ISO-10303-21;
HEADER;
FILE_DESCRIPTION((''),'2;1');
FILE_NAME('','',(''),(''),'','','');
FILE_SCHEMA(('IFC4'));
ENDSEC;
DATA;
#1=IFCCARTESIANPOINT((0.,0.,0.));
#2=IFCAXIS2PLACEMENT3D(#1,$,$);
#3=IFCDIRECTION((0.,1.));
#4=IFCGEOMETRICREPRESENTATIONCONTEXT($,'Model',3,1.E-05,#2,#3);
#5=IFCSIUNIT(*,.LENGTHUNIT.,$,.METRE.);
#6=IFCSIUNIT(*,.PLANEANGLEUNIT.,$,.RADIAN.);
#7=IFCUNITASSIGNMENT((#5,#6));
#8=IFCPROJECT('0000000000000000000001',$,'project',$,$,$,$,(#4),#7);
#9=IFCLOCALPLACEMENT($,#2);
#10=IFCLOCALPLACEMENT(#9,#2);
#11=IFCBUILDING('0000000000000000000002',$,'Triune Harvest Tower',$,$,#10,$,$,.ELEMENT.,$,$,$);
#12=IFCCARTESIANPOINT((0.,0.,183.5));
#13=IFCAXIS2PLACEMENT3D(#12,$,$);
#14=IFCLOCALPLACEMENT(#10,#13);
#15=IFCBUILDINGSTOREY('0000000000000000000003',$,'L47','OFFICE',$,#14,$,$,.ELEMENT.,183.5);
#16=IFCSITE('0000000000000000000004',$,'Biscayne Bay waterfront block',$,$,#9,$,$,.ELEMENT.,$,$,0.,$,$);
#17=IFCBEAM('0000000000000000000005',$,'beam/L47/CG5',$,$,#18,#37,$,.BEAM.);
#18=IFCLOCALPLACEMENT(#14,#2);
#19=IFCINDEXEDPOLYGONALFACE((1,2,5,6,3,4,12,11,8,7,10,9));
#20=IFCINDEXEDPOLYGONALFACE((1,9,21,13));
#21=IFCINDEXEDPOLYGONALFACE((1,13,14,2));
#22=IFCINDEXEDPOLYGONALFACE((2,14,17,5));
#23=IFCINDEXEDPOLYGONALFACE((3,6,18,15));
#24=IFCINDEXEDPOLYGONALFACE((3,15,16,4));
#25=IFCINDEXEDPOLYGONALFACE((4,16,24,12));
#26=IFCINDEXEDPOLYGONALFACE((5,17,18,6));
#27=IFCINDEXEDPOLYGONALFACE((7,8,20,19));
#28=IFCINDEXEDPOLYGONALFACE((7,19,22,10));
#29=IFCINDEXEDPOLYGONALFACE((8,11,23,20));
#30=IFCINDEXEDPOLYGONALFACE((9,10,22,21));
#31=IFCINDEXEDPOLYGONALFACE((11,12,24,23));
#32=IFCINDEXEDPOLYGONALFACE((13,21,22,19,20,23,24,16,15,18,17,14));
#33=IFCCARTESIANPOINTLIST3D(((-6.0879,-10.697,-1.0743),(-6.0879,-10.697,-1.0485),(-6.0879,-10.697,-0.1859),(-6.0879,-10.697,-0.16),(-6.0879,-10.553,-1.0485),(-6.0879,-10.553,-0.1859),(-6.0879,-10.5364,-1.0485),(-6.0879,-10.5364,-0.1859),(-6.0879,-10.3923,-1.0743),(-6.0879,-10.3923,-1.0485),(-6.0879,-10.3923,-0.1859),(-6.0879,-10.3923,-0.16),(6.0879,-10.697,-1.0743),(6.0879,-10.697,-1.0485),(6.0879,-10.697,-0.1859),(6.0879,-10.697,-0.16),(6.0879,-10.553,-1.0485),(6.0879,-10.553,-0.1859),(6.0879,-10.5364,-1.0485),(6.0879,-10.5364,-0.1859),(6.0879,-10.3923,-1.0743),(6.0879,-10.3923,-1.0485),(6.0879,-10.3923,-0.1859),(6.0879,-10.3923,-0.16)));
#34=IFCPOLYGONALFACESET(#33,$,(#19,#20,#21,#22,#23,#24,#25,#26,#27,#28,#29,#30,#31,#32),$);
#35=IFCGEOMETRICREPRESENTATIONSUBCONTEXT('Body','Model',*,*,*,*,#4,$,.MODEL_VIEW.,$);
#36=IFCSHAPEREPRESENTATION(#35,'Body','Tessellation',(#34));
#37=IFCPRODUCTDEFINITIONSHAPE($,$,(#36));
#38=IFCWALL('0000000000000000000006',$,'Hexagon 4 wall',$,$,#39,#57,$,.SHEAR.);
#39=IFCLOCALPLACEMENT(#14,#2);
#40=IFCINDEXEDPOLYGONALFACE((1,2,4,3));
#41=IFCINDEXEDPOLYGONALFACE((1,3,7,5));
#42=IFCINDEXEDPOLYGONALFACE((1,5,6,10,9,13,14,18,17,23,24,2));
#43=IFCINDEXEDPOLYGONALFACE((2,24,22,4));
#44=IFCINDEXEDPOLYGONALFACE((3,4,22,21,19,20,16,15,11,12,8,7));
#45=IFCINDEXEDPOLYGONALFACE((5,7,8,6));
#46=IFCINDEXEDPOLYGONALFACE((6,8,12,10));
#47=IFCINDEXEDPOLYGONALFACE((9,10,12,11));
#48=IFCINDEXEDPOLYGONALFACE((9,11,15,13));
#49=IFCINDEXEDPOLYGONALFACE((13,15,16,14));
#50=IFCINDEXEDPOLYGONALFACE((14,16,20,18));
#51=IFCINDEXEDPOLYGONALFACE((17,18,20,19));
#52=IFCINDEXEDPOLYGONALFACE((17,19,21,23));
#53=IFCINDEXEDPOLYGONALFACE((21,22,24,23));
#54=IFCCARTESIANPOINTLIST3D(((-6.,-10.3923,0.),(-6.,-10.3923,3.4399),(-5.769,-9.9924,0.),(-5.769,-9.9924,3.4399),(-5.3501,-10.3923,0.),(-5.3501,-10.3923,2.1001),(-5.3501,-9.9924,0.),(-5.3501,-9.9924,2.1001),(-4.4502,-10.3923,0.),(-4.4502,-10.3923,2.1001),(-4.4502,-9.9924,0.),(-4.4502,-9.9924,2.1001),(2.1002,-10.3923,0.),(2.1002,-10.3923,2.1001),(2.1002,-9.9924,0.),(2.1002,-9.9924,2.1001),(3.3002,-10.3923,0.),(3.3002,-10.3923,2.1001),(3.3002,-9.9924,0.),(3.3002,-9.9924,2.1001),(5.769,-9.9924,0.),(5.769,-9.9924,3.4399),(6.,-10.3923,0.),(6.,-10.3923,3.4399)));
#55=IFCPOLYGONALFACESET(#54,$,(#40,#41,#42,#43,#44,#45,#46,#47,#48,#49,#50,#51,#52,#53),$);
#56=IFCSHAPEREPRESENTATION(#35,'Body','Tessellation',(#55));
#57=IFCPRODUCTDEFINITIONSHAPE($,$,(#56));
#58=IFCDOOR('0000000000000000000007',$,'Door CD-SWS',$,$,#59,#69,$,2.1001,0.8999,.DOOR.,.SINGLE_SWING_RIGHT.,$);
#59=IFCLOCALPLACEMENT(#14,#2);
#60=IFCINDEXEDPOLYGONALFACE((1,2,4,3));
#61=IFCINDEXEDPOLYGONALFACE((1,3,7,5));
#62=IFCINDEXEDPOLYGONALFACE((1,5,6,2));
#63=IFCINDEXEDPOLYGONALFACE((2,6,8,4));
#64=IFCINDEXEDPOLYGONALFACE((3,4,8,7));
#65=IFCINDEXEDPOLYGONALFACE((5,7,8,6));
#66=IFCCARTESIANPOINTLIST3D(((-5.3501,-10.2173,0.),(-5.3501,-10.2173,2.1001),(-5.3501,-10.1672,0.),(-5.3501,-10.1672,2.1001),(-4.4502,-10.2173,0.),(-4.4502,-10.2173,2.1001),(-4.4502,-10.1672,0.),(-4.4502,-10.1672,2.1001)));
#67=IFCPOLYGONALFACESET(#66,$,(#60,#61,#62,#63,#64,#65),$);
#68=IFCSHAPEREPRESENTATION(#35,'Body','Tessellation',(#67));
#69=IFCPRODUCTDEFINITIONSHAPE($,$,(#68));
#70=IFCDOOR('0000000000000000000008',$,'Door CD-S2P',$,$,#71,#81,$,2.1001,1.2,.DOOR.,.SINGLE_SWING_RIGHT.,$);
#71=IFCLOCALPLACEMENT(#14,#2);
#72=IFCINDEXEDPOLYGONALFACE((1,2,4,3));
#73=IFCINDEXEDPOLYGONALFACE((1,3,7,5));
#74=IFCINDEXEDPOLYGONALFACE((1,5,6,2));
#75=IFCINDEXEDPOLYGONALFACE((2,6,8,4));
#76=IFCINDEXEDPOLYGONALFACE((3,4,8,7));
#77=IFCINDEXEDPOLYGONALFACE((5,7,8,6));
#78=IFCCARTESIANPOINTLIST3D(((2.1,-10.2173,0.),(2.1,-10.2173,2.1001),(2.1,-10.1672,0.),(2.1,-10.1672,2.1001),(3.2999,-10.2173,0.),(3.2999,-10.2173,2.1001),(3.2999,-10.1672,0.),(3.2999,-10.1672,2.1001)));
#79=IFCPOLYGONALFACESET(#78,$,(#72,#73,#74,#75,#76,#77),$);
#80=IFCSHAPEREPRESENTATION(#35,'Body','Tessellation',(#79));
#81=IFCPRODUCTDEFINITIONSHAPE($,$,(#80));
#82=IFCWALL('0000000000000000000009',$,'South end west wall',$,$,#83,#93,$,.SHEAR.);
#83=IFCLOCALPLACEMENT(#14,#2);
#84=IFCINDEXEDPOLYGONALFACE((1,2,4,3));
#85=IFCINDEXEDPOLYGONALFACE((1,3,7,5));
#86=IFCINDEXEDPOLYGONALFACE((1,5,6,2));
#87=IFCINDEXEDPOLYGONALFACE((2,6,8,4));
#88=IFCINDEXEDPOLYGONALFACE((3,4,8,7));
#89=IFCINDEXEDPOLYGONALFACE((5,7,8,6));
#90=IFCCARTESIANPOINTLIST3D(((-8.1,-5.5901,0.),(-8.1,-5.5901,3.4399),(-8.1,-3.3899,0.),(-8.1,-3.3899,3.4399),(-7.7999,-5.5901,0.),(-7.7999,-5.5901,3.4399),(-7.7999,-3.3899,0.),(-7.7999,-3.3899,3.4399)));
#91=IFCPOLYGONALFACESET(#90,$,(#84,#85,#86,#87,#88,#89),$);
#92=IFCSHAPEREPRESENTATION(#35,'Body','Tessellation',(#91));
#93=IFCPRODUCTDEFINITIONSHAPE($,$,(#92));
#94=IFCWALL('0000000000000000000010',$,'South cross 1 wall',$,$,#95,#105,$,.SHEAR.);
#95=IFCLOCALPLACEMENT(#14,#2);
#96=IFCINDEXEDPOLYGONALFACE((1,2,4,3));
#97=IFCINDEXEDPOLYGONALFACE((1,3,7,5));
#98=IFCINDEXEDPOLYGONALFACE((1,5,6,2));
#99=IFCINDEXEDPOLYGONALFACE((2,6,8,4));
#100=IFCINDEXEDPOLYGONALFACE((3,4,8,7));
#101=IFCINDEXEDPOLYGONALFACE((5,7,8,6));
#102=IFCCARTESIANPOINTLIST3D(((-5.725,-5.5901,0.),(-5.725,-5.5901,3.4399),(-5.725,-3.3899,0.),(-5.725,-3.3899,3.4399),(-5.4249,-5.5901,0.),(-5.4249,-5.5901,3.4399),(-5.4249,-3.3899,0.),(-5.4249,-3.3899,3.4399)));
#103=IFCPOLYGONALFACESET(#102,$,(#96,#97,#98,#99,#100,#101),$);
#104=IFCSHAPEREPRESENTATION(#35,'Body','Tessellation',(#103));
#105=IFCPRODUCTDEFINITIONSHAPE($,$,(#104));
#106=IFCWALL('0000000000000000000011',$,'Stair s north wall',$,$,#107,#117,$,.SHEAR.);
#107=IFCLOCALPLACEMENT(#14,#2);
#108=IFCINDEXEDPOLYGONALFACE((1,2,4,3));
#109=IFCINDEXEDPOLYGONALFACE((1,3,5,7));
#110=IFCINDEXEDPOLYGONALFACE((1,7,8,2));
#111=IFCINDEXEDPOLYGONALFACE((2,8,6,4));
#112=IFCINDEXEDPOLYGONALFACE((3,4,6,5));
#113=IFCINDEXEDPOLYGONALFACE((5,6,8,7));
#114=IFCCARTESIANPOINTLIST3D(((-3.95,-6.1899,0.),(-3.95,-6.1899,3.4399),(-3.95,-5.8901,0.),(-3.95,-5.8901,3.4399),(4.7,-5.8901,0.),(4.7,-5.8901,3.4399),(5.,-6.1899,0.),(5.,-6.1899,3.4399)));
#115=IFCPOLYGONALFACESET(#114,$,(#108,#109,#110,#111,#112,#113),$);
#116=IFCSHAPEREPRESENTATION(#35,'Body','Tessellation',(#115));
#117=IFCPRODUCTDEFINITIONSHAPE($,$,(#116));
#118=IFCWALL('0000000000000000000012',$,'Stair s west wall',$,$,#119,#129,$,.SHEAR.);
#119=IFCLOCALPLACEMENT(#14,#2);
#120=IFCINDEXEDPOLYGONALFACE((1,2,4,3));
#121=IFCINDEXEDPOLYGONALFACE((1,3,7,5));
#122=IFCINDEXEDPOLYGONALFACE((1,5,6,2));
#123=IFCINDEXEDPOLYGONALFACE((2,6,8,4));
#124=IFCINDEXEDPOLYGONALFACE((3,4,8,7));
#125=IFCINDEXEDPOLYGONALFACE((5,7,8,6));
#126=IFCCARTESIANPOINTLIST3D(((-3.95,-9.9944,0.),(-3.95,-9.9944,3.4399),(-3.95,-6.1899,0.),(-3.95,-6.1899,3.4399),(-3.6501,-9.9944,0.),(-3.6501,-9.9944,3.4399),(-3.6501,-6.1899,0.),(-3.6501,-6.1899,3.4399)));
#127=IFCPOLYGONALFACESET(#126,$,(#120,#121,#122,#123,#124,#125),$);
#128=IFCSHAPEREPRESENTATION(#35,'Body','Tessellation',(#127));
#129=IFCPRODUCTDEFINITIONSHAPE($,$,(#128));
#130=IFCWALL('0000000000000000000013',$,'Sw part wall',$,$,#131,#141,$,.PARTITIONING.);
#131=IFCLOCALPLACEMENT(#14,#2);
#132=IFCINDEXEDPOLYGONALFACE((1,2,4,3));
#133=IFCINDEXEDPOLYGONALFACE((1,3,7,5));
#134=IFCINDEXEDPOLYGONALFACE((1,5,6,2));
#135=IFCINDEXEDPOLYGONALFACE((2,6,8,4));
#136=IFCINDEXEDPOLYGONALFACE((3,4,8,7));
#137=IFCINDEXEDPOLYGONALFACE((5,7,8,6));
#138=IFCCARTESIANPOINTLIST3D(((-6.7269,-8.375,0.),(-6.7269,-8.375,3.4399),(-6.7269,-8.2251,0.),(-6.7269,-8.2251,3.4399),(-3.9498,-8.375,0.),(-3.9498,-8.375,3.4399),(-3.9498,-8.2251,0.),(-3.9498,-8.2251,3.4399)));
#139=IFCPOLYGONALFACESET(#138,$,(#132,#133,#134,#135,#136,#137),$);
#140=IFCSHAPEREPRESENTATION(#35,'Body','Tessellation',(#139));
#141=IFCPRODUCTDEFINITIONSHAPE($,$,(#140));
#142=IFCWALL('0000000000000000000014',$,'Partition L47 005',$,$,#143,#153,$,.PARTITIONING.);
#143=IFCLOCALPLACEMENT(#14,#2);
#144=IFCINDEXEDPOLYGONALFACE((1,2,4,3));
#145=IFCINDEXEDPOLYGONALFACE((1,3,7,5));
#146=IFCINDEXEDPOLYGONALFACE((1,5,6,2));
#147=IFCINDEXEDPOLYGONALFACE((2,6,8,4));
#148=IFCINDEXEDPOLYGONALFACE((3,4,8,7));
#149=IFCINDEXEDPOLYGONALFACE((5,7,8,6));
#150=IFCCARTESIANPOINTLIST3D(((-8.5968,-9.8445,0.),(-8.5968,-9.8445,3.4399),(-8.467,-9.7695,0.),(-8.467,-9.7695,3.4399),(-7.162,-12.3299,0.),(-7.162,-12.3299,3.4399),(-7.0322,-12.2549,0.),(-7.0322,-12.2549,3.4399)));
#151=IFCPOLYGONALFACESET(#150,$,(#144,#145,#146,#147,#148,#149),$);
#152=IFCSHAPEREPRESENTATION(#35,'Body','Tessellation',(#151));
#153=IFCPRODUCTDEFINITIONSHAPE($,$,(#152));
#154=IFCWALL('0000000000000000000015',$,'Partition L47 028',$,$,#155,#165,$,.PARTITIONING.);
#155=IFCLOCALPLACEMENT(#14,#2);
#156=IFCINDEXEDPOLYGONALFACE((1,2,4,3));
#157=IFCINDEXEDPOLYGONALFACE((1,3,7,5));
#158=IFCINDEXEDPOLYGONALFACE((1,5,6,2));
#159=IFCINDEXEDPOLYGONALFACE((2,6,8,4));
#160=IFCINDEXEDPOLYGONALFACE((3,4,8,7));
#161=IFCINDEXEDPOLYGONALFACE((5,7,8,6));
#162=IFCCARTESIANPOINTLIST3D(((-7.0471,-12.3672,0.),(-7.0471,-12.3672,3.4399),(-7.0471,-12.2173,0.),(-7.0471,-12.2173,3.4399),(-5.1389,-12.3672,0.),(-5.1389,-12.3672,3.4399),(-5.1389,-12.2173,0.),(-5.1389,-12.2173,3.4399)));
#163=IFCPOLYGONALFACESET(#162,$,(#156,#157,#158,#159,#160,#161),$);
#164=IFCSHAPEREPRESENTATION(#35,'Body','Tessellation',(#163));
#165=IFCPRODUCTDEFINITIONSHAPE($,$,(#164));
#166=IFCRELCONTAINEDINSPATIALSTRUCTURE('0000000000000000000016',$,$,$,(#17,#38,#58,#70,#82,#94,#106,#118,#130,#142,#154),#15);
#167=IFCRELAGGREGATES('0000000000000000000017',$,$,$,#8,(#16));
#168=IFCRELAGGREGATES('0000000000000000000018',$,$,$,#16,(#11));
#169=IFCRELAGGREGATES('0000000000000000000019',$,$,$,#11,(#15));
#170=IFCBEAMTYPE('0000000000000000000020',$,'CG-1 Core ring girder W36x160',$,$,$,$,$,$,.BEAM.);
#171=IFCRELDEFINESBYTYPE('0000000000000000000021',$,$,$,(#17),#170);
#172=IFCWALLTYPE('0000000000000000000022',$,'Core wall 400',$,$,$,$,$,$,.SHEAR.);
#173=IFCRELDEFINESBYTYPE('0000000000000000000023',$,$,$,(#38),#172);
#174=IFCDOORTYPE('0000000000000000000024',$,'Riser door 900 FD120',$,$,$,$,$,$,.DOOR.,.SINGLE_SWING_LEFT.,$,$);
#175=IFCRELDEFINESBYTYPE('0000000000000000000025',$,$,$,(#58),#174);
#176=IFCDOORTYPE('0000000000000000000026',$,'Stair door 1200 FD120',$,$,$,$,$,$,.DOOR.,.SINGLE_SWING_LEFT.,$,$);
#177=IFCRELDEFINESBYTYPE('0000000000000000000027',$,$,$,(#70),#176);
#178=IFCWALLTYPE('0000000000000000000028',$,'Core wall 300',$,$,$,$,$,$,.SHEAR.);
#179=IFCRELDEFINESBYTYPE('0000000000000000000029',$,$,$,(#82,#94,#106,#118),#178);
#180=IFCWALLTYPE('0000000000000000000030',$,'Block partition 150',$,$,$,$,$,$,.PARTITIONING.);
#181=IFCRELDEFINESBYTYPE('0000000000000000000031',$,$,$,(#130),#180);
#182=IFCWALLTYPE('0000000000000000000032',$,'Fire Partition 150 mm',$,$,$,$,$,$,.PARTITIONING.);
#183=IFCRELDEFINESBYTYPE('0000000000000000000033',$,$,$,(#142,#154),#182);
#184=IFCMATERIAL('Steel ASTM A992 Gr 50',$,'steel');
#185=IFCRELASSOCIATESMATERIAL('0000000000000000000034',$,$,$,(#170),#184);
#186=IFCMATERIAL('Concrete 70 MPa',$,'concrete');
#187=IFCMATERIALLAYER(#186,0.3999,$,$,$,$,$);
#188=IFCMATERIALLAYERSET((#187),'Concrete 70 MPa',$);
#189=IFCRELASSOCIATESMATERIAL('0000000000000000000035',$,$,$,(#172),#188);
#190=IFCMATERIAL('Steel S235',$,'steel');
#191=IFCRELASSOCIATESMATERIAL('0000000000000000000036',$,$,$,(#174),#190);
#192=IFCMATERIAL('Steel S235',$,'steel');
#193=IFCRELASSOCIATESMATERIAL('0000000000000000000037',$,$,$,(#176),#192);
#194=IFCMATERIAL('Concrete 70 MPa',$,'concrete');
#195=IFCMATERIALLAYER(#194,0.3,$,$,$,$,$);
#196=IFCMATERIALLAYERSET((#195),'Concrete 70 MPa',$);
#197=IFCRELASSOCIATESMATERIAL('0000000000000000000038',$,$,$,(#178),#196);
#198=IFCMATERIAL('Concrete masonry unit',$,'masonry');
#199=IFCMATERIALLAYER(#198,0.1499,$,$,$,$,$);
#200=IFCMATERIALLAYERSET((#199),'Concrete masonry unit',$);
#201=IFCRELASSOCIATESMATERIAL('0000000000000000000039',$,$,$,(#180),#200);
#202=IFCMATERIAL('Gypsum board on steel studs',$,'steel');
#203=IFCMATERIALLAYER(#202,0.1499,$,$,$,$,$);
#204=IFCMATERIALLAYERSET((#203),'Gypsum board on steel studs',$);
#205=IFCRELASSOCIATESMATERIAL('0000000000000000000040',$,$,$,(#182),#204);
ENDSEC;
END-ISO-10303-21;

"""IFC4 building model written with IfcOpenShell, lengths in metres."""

from ifc_helpers import new_model, si_unit, direction, frame, frame_2d, origin, origin_2d, place, context, subcontext, project, spatial, polyline, rectangle, i_section, outline, extrude, source, transform, mapped, material, layer, layer_set, material_profile, profile_set, type_object, element, fill, save


model = new_model("IFC4")

# Units and contexts
model_context = context("Model", 3, precision=1e-05, world=origin(), true_north=direction((0.0, 1.0)))
body_context = subcontext(model_context, "Body", "Model", "MODEL_VIEW")
ifc_project = project(units=[si_unit("LENGTHUNIT", "METRE"), si_unit("PLANEANGLEUNIT", "RADIAN")], contexts=[model_context])

# Site, building, storey
site_placement = place(None, origin())
site = spatial("IfcSite", under=ifc_project, at=site_placement, Name="Biscayne Bay waterfront block", CompositionType="ELEMENT", RefElevation=0.0)
building_placement = place(site_placement, origin())
building = spatial("IfcBuilding", under=site, at=building_placement, Name="Triune Harvest Tower", CompositionType="ELEMENT")
storey_placement = place(building_placement, frame((0.0, 0.0, 183.5)))
storey = spatial("IfcBuildingStorey", under=building, at=storey_placement, Name="L47", Description="OFFICE", CompositionType="ELEMENT", Elevation=183.5)

# Beam
ifc_material_1 = material(Name="Steel ASTM A992 Gr 50", Category="steel")
ifc_material_profile = material_profile(ifc_material_1, i_section(OverallWidth=0.3047, OverallDepth=0.9143, WebThickness=0.0166, FlangeThickness=0.0259, at=origin_2d()), Name="W36x160")
ifc_profile_set = profile_set([ifc_material_profile], Name="Steel ASTM A992 Gr 50")
beam_type = type_object("IfcBeamType", Name="CG-1 Core ring girder W36x160", PredefinedType="BEAM", material=ifc_profile_set)
shared_shape_1 = source(origin(), body_context, "Body", "SweptSolid", [
    extrude(i_section(OverallWidth=0.3047, OverallDepth=0.9143, WebThickness=0.0166, FlangeThickness=0.0259, at=origin_2d()), origin(), (0.0, 0.0, 1.0), 12.1758),
])
beam_placement = place(storey_placement, frame((-6.0879, -10.5447, -0.6172), z_axis=(1.0, 0.0, 0.0), x_axis=(0.0, 1.0, 0.0)))
element("IfcBeam", 1, at=beam_placement, inside=storey, type_object=beam_type, Name="beam/L47/CG5", PredefinedType="BEAM", context=body_context, shape_type="MappedRepresentation", body=[
    mapped(shared_shape_1, transform((0.0, 0.0, 0.0), scale=1.0)),
])

# Wall, openings, doors
ifc_material_2 = material(Name="Concrete 70 MPa", Category="concrete")
ifc_layer_1 = layer(ifc_material_2, 0.3999)
ifc_layer_set_1 = layer_set([ifc_layer_1], Name="Concrete 70 MPa")
wall_type_1 = type_object("IfcWallType", Name="Core wall 400", PredefinedType="SHEAR", material=ifc_layer_set_1)
shared_shape_2 = source(origin(), body_context, "Body", "SweptSolid", [
    extrude(outline(polyline([(-0.1155, -0.2), (11.8845, -0.2), (11.6536, 0.2), (0.1155, 0.2), (-0.1155, -0.2)])), origin(), (0.0, 0.0, 1.0), 3.4399),
])
wall_1_placement = place(storey_placement, frame((-5.8845, -10.1924, 0.0), z_axis=(0.0, 0.0, 1.0), x_axis=(1.0, 0.0, 0.0)))
wall_1 = element("IfcWall", 2, at=wall_1_placement, inside=storey, type_object=wall_type_1, Name="Hexagon 4 wall", PredefinedType="SHEAR", context=body_context, shape_type="MappedRepresentation", body=[
    mapped(shared_shape_2, transform((0.0, 0.0, 0.0), scale=1.0)),
])
opening_1_placement = place(wall_1_placement, frame((7.9846, 0.0, 0.0)))
opening_1 = element("IfcOpeningElement", 3, at=opening_1_placement, cuts=wall_1, PredefinedType="OPENING", context=body_context, shape_type="SweptSolid", body=[
    extrude(rectangle(XDim=1.2, YDim=2.1001, at=frame_2d((0.6001, 1.05))), frame((0.0, 0.21, 0.0), z_axis=(0.0, -1.0, 0.0), x_axis=(1.0, 0.0, 0.0)), (0.0, 0.0, 1.0), 0.4199),
])
opening_2_placement = place(wall_1_placement, frame((0.5344, 0.0, 0.0)))
opening_2 = element("IfcOpeningElement", 4, at=opening_2_placement, cuts=wall_1, PredefinedType="OPENING", context=body_context, shape_type="SweptSolid", body=[
    extrude(rectangle(XDim=0.8999, YDim=2.1001, at=frame_2d((0.45, 1.05))), frame((0.0, 0.21, 0.0), z_axis=(0.0, -1.0, 0.0), x_axis=(1.0, 0.0, 0.0)), (0.0, 0.0, 1.0), 0.4199),
])
ifc_material_3 = material(Name="Steel S235", Category="steel")
door_type_1 = type_object("IfcDoorType", Name="Riser door 900 FD120", OperationType="SINGLE_SWING_LEFT", PredefinedType="DOOR", material=ifc_material_3)
door_1_placement = place(opening_2_placement, frame((0.8999, 0.0, 0.0), z_axis=(0.0, 0.0, 1.0), x_axis=(-1.0, 0.0, 0.0)))
door_1 = element("IfcDoor", 5, at=door_1_placement, inside=storey, type_object=door_type_1, Name="Door CD-SWS", OperationType="SINGLE_SWING_RIGHT", OverallHeight=2.1001, OverallWidth=0.8999, PredefinedType="DOOR", context=body_context, shape_type="SweptSolid", body=[
    extrude(rectangle(XDim=0.8999, YDim=2.1001, at=frame_2d((0.45, 1.05))), frame((0.0, 0.0249, 0.0), z_axis=(0.0, -1.0, 0.0), x_axis=(1.0, 0.0, 0.0)), (0.0, 0.0, 1.0), 0.05),
])
fill(opening_2, door_1)
ifc_material_4 = material(Name="Steel S235", Category="steel")
door_type_2 = type_object("IfcDoorType", Name="Stair door 1200 FD120", OperationType="SINGLE_SWING_LEFT", PredefinedType="DOOR", material=ifc_material_4)
door_2_placement = place(opening_1_placement, frame((1.2, 0.0, 0.0), z_axis=(0.0, 0.0, 1.0), x_axis=(-1.0, 0.0, 0.0)))
door_2 = element("IfcDoor", 6, at=door_2_placement, inside=storey, type_object=door_type_2, Name="Door CD-S2P", OperationType="SINGLE_SWING_RIGHT", OverallHeight=2.1001, OverallWidth=1.2, PredefinedType="DOOR", context=body_context, shape_type="SweptSolid", body=[
    extrude(rectangle(XDim=1.2, YDim=2.1001, at=frame_2d((0.6001, 1.05))), frame((0.0, 0.0249, 0.0), z_axis=(0.0, -1.0, 0.0), x_axis=(1.0, 0.0, 0.0)), (0.0, 0.0, 1.0), 0.05),
])
fill(opening_1, door_2)

# Walls
ifc_material_5 = material(Name="Concrete 70 MPa", Category="concrete")
ifc_layer_2 = layer(ifc_material_5, 0.3)
ifc_layer_set_2 = layer_set([ifc_layer_2], Name="Concrete 70 MPa")
wall_type_2 = type_object("IfcWallType", Name="Core wall 300", PredefinedType="SHEAR", material=ifc_layer_set_2)
shared_shape_3 = source(origin(), body_context, "Body", "SweptSolid", [
    extrude(rectangle(XDim=2.2002, YDim=0.3, at=frame_2d((1.1001, 0.0))), origin(), (0.0, 0.0, 1.0), 3.4399),
])
for number, where, z_axis, x_axis, name in (
    (7, (-7.95, -5.5901, 0.0), (0.0, 0.0, 1.0), (0.0, 1.0, 0.0), "South end west wall"),
    (8, (-5.575, -5.5901, 0.0), (0.0, 0.0, 1.0), (0.0, 1.0, 0.0), "South cross 1 wall"),
):
    element("IfcWall", number, at=place(storey_placement, frame(where, z_axis=z_axis, x_axis=x_axis)), inside=storey, type_object=wall_type_2, Name=name, PredefinedType="SHEAR", context=body_context, shape_type="MappedRepresentation", body=[
        mapped(shared_shape_3, transform((0.0, 0.0, 0.0), scale=1.0)),
    ])
shared_shape_4 = source(origin(), body_context, "Body", "SweptSolid", [
    extrude(outline(polyline([(0.0, -0.1499), (8.95, -0.1499), (8.6499, 0.1499), (0.0, 0.1499), (0.0, -0.1499)])), origin(), (0.0, 0.0, 1.0), 3.4399),
])
wall_2_placement = place(storey_placement, frame((-3.95, -6.04, 0.0), z_axis=(0.0, 0.0, 1.0), x_axis=(1.0, 0.0, 0.0)))
element("IfcWall", 9, at=wall_2_placement, inside=storey, type_object=wall_type_2, Name="Stair s north wall", PredefinedType="SHEAR", context=body_context, shape_type="MappedRepresentation", body=[
    mapped(shared_shape_4, transform((0.0, 0.0, 0.0), scale=1.0)),
])
shared_shape_5 = source(origin(), body_context, "Body", "SweptSolid", [
    extrude(outline(polyline([(3.8, -0.1499), (-0.0044, -0.1499), (-0.0044, 0.1499), (3.8, 0.1499), (3.8, -0.1499)])), origin(), (0.0, 0.0, 1.0), 3.4399),
])
wall_3_placement = place(storey_placement, frame((-3.8, -9.99, 0.0), z_axis=(0.0, 0.0, 1.0), x_axis=(0.0, 1.0, 0.0)))
element("IfcWall", 10, at=wall_3_placement, inside=storey, type_object=wall_type_2, Name="Stair s west wall", PredefinedType="SHEAR", context=body_context, shape_type="MappedRepresentation", body=[
    mapped(shared_shape_5, transform((0.0, 0.0, 0.0), scale=1.0)),
])
ifc_material_6 = material(Name="Concrete masonry unit", Category="masonry")
ifc_layer_3 = layer(ifc_material_6, 0.1499)
ifc_layer_set_3 = layer_set([ifc_layer_3], Name="Concrete masonry unit")
wall_type_3 = type_object("IfcWallType", Name="Block partition 150", PredefinedType="PARTITIONING", material=ifc_layer_set_3)
shared_shape_6 = source(origin(), body_context, "Body", "SweptSolid", [
    extrude(rectangle(XDim=2.7771, YDim=0.1499, at=frame_2d((1.3887, 0.0))), origin(), (0.0, 0.0, 1.0), 3.4399),
])
wall_4_placement = place(storey_placement, frame((-6.7271, -8.3, 0.0), z_axis=(0.0, 0.0, 1.0), x_axis=(1.0, 0.0, 0.0)))
element("IfcWall", 11, at=wall_4_placement, inside=storey, type_object=wall_type_3, Name="Sw part wall", PredefinedType="PARTITIONING", context=body_context, shape_type="MappedRepresentation", body=[
    mapped(shared_shape_6, transform((0.0, 0.0, 0.0), scale=1.0)),
])
ifc_material_7 = material(Name="Gypsum board on steel studs", Category="steel")
ifc_layer_4 = layer(ifc_material_7, 0.1499)
ifc_layer_set_4 = layer_set([ifc_layer_4], Name="Gypsum board on steel studs")
wall_type_4 = type_object("IfcWallType", Name="Fire Partition 150 mm", PredefinedType="PARTITIONING", material=ifc_layer_set_4)
shared_shape_7 = source(origin(), body_context, "Body", "SweptSolid", [
    extrude(rectangle(XDim=2.8699, YDim=0.1499, at=frame_2d((1.4351, 0.0))), origin(), (0.0, 0.0, 1.0), 3.4399),
])
wall_5_placement = place(storey_placement, frame((-8.532, -9.8069, 0.0), z_axis=(0.0, 0.0, 1.0), x_axis=(0.499973, -0.866041, 0.0)))
element("IfcWall", 12, at=wall_5_placement, inside=storey, type_object=wall_type_4, Name="Partition L47 005", PredefinedType="PARTITIONING", context=body_context, shape_type="MappedRepresentation", body=[
    mapped(shared_shape_7, transform((0.0, 0.0, 0.0), scale=1.0)),
])
shared_shape_8 = source(origin(), body_context, "Body", "SweptSolid", [
    extrude(rectangle(XDim=1.9082, YDim=0.1499, at=frame_2d((0.9541, 0.0))), origin(), (0.0, 0.0, 1.0), 3.4399),
])
wall_6_placement = place(storey_placement, frame((-7.0471, -12.2922, 0.0), z_axis=(0.0, 0.0, 1.0), x_axis=(1.0, 0.0, 0.0)))
element("IfcWall", 13, at=wall_6_placement, inside=storey, type_object=wall_type_4, Name="Partition L47 028", PredefinedType="PARTITIONING", context=body_context, shape_type="MappedRepresentation", body=[
    mapped(shared_shape_8, transform((0.0, 0.0, 0.0), scale=1.0)),
])

save(model, "model.ifc")
